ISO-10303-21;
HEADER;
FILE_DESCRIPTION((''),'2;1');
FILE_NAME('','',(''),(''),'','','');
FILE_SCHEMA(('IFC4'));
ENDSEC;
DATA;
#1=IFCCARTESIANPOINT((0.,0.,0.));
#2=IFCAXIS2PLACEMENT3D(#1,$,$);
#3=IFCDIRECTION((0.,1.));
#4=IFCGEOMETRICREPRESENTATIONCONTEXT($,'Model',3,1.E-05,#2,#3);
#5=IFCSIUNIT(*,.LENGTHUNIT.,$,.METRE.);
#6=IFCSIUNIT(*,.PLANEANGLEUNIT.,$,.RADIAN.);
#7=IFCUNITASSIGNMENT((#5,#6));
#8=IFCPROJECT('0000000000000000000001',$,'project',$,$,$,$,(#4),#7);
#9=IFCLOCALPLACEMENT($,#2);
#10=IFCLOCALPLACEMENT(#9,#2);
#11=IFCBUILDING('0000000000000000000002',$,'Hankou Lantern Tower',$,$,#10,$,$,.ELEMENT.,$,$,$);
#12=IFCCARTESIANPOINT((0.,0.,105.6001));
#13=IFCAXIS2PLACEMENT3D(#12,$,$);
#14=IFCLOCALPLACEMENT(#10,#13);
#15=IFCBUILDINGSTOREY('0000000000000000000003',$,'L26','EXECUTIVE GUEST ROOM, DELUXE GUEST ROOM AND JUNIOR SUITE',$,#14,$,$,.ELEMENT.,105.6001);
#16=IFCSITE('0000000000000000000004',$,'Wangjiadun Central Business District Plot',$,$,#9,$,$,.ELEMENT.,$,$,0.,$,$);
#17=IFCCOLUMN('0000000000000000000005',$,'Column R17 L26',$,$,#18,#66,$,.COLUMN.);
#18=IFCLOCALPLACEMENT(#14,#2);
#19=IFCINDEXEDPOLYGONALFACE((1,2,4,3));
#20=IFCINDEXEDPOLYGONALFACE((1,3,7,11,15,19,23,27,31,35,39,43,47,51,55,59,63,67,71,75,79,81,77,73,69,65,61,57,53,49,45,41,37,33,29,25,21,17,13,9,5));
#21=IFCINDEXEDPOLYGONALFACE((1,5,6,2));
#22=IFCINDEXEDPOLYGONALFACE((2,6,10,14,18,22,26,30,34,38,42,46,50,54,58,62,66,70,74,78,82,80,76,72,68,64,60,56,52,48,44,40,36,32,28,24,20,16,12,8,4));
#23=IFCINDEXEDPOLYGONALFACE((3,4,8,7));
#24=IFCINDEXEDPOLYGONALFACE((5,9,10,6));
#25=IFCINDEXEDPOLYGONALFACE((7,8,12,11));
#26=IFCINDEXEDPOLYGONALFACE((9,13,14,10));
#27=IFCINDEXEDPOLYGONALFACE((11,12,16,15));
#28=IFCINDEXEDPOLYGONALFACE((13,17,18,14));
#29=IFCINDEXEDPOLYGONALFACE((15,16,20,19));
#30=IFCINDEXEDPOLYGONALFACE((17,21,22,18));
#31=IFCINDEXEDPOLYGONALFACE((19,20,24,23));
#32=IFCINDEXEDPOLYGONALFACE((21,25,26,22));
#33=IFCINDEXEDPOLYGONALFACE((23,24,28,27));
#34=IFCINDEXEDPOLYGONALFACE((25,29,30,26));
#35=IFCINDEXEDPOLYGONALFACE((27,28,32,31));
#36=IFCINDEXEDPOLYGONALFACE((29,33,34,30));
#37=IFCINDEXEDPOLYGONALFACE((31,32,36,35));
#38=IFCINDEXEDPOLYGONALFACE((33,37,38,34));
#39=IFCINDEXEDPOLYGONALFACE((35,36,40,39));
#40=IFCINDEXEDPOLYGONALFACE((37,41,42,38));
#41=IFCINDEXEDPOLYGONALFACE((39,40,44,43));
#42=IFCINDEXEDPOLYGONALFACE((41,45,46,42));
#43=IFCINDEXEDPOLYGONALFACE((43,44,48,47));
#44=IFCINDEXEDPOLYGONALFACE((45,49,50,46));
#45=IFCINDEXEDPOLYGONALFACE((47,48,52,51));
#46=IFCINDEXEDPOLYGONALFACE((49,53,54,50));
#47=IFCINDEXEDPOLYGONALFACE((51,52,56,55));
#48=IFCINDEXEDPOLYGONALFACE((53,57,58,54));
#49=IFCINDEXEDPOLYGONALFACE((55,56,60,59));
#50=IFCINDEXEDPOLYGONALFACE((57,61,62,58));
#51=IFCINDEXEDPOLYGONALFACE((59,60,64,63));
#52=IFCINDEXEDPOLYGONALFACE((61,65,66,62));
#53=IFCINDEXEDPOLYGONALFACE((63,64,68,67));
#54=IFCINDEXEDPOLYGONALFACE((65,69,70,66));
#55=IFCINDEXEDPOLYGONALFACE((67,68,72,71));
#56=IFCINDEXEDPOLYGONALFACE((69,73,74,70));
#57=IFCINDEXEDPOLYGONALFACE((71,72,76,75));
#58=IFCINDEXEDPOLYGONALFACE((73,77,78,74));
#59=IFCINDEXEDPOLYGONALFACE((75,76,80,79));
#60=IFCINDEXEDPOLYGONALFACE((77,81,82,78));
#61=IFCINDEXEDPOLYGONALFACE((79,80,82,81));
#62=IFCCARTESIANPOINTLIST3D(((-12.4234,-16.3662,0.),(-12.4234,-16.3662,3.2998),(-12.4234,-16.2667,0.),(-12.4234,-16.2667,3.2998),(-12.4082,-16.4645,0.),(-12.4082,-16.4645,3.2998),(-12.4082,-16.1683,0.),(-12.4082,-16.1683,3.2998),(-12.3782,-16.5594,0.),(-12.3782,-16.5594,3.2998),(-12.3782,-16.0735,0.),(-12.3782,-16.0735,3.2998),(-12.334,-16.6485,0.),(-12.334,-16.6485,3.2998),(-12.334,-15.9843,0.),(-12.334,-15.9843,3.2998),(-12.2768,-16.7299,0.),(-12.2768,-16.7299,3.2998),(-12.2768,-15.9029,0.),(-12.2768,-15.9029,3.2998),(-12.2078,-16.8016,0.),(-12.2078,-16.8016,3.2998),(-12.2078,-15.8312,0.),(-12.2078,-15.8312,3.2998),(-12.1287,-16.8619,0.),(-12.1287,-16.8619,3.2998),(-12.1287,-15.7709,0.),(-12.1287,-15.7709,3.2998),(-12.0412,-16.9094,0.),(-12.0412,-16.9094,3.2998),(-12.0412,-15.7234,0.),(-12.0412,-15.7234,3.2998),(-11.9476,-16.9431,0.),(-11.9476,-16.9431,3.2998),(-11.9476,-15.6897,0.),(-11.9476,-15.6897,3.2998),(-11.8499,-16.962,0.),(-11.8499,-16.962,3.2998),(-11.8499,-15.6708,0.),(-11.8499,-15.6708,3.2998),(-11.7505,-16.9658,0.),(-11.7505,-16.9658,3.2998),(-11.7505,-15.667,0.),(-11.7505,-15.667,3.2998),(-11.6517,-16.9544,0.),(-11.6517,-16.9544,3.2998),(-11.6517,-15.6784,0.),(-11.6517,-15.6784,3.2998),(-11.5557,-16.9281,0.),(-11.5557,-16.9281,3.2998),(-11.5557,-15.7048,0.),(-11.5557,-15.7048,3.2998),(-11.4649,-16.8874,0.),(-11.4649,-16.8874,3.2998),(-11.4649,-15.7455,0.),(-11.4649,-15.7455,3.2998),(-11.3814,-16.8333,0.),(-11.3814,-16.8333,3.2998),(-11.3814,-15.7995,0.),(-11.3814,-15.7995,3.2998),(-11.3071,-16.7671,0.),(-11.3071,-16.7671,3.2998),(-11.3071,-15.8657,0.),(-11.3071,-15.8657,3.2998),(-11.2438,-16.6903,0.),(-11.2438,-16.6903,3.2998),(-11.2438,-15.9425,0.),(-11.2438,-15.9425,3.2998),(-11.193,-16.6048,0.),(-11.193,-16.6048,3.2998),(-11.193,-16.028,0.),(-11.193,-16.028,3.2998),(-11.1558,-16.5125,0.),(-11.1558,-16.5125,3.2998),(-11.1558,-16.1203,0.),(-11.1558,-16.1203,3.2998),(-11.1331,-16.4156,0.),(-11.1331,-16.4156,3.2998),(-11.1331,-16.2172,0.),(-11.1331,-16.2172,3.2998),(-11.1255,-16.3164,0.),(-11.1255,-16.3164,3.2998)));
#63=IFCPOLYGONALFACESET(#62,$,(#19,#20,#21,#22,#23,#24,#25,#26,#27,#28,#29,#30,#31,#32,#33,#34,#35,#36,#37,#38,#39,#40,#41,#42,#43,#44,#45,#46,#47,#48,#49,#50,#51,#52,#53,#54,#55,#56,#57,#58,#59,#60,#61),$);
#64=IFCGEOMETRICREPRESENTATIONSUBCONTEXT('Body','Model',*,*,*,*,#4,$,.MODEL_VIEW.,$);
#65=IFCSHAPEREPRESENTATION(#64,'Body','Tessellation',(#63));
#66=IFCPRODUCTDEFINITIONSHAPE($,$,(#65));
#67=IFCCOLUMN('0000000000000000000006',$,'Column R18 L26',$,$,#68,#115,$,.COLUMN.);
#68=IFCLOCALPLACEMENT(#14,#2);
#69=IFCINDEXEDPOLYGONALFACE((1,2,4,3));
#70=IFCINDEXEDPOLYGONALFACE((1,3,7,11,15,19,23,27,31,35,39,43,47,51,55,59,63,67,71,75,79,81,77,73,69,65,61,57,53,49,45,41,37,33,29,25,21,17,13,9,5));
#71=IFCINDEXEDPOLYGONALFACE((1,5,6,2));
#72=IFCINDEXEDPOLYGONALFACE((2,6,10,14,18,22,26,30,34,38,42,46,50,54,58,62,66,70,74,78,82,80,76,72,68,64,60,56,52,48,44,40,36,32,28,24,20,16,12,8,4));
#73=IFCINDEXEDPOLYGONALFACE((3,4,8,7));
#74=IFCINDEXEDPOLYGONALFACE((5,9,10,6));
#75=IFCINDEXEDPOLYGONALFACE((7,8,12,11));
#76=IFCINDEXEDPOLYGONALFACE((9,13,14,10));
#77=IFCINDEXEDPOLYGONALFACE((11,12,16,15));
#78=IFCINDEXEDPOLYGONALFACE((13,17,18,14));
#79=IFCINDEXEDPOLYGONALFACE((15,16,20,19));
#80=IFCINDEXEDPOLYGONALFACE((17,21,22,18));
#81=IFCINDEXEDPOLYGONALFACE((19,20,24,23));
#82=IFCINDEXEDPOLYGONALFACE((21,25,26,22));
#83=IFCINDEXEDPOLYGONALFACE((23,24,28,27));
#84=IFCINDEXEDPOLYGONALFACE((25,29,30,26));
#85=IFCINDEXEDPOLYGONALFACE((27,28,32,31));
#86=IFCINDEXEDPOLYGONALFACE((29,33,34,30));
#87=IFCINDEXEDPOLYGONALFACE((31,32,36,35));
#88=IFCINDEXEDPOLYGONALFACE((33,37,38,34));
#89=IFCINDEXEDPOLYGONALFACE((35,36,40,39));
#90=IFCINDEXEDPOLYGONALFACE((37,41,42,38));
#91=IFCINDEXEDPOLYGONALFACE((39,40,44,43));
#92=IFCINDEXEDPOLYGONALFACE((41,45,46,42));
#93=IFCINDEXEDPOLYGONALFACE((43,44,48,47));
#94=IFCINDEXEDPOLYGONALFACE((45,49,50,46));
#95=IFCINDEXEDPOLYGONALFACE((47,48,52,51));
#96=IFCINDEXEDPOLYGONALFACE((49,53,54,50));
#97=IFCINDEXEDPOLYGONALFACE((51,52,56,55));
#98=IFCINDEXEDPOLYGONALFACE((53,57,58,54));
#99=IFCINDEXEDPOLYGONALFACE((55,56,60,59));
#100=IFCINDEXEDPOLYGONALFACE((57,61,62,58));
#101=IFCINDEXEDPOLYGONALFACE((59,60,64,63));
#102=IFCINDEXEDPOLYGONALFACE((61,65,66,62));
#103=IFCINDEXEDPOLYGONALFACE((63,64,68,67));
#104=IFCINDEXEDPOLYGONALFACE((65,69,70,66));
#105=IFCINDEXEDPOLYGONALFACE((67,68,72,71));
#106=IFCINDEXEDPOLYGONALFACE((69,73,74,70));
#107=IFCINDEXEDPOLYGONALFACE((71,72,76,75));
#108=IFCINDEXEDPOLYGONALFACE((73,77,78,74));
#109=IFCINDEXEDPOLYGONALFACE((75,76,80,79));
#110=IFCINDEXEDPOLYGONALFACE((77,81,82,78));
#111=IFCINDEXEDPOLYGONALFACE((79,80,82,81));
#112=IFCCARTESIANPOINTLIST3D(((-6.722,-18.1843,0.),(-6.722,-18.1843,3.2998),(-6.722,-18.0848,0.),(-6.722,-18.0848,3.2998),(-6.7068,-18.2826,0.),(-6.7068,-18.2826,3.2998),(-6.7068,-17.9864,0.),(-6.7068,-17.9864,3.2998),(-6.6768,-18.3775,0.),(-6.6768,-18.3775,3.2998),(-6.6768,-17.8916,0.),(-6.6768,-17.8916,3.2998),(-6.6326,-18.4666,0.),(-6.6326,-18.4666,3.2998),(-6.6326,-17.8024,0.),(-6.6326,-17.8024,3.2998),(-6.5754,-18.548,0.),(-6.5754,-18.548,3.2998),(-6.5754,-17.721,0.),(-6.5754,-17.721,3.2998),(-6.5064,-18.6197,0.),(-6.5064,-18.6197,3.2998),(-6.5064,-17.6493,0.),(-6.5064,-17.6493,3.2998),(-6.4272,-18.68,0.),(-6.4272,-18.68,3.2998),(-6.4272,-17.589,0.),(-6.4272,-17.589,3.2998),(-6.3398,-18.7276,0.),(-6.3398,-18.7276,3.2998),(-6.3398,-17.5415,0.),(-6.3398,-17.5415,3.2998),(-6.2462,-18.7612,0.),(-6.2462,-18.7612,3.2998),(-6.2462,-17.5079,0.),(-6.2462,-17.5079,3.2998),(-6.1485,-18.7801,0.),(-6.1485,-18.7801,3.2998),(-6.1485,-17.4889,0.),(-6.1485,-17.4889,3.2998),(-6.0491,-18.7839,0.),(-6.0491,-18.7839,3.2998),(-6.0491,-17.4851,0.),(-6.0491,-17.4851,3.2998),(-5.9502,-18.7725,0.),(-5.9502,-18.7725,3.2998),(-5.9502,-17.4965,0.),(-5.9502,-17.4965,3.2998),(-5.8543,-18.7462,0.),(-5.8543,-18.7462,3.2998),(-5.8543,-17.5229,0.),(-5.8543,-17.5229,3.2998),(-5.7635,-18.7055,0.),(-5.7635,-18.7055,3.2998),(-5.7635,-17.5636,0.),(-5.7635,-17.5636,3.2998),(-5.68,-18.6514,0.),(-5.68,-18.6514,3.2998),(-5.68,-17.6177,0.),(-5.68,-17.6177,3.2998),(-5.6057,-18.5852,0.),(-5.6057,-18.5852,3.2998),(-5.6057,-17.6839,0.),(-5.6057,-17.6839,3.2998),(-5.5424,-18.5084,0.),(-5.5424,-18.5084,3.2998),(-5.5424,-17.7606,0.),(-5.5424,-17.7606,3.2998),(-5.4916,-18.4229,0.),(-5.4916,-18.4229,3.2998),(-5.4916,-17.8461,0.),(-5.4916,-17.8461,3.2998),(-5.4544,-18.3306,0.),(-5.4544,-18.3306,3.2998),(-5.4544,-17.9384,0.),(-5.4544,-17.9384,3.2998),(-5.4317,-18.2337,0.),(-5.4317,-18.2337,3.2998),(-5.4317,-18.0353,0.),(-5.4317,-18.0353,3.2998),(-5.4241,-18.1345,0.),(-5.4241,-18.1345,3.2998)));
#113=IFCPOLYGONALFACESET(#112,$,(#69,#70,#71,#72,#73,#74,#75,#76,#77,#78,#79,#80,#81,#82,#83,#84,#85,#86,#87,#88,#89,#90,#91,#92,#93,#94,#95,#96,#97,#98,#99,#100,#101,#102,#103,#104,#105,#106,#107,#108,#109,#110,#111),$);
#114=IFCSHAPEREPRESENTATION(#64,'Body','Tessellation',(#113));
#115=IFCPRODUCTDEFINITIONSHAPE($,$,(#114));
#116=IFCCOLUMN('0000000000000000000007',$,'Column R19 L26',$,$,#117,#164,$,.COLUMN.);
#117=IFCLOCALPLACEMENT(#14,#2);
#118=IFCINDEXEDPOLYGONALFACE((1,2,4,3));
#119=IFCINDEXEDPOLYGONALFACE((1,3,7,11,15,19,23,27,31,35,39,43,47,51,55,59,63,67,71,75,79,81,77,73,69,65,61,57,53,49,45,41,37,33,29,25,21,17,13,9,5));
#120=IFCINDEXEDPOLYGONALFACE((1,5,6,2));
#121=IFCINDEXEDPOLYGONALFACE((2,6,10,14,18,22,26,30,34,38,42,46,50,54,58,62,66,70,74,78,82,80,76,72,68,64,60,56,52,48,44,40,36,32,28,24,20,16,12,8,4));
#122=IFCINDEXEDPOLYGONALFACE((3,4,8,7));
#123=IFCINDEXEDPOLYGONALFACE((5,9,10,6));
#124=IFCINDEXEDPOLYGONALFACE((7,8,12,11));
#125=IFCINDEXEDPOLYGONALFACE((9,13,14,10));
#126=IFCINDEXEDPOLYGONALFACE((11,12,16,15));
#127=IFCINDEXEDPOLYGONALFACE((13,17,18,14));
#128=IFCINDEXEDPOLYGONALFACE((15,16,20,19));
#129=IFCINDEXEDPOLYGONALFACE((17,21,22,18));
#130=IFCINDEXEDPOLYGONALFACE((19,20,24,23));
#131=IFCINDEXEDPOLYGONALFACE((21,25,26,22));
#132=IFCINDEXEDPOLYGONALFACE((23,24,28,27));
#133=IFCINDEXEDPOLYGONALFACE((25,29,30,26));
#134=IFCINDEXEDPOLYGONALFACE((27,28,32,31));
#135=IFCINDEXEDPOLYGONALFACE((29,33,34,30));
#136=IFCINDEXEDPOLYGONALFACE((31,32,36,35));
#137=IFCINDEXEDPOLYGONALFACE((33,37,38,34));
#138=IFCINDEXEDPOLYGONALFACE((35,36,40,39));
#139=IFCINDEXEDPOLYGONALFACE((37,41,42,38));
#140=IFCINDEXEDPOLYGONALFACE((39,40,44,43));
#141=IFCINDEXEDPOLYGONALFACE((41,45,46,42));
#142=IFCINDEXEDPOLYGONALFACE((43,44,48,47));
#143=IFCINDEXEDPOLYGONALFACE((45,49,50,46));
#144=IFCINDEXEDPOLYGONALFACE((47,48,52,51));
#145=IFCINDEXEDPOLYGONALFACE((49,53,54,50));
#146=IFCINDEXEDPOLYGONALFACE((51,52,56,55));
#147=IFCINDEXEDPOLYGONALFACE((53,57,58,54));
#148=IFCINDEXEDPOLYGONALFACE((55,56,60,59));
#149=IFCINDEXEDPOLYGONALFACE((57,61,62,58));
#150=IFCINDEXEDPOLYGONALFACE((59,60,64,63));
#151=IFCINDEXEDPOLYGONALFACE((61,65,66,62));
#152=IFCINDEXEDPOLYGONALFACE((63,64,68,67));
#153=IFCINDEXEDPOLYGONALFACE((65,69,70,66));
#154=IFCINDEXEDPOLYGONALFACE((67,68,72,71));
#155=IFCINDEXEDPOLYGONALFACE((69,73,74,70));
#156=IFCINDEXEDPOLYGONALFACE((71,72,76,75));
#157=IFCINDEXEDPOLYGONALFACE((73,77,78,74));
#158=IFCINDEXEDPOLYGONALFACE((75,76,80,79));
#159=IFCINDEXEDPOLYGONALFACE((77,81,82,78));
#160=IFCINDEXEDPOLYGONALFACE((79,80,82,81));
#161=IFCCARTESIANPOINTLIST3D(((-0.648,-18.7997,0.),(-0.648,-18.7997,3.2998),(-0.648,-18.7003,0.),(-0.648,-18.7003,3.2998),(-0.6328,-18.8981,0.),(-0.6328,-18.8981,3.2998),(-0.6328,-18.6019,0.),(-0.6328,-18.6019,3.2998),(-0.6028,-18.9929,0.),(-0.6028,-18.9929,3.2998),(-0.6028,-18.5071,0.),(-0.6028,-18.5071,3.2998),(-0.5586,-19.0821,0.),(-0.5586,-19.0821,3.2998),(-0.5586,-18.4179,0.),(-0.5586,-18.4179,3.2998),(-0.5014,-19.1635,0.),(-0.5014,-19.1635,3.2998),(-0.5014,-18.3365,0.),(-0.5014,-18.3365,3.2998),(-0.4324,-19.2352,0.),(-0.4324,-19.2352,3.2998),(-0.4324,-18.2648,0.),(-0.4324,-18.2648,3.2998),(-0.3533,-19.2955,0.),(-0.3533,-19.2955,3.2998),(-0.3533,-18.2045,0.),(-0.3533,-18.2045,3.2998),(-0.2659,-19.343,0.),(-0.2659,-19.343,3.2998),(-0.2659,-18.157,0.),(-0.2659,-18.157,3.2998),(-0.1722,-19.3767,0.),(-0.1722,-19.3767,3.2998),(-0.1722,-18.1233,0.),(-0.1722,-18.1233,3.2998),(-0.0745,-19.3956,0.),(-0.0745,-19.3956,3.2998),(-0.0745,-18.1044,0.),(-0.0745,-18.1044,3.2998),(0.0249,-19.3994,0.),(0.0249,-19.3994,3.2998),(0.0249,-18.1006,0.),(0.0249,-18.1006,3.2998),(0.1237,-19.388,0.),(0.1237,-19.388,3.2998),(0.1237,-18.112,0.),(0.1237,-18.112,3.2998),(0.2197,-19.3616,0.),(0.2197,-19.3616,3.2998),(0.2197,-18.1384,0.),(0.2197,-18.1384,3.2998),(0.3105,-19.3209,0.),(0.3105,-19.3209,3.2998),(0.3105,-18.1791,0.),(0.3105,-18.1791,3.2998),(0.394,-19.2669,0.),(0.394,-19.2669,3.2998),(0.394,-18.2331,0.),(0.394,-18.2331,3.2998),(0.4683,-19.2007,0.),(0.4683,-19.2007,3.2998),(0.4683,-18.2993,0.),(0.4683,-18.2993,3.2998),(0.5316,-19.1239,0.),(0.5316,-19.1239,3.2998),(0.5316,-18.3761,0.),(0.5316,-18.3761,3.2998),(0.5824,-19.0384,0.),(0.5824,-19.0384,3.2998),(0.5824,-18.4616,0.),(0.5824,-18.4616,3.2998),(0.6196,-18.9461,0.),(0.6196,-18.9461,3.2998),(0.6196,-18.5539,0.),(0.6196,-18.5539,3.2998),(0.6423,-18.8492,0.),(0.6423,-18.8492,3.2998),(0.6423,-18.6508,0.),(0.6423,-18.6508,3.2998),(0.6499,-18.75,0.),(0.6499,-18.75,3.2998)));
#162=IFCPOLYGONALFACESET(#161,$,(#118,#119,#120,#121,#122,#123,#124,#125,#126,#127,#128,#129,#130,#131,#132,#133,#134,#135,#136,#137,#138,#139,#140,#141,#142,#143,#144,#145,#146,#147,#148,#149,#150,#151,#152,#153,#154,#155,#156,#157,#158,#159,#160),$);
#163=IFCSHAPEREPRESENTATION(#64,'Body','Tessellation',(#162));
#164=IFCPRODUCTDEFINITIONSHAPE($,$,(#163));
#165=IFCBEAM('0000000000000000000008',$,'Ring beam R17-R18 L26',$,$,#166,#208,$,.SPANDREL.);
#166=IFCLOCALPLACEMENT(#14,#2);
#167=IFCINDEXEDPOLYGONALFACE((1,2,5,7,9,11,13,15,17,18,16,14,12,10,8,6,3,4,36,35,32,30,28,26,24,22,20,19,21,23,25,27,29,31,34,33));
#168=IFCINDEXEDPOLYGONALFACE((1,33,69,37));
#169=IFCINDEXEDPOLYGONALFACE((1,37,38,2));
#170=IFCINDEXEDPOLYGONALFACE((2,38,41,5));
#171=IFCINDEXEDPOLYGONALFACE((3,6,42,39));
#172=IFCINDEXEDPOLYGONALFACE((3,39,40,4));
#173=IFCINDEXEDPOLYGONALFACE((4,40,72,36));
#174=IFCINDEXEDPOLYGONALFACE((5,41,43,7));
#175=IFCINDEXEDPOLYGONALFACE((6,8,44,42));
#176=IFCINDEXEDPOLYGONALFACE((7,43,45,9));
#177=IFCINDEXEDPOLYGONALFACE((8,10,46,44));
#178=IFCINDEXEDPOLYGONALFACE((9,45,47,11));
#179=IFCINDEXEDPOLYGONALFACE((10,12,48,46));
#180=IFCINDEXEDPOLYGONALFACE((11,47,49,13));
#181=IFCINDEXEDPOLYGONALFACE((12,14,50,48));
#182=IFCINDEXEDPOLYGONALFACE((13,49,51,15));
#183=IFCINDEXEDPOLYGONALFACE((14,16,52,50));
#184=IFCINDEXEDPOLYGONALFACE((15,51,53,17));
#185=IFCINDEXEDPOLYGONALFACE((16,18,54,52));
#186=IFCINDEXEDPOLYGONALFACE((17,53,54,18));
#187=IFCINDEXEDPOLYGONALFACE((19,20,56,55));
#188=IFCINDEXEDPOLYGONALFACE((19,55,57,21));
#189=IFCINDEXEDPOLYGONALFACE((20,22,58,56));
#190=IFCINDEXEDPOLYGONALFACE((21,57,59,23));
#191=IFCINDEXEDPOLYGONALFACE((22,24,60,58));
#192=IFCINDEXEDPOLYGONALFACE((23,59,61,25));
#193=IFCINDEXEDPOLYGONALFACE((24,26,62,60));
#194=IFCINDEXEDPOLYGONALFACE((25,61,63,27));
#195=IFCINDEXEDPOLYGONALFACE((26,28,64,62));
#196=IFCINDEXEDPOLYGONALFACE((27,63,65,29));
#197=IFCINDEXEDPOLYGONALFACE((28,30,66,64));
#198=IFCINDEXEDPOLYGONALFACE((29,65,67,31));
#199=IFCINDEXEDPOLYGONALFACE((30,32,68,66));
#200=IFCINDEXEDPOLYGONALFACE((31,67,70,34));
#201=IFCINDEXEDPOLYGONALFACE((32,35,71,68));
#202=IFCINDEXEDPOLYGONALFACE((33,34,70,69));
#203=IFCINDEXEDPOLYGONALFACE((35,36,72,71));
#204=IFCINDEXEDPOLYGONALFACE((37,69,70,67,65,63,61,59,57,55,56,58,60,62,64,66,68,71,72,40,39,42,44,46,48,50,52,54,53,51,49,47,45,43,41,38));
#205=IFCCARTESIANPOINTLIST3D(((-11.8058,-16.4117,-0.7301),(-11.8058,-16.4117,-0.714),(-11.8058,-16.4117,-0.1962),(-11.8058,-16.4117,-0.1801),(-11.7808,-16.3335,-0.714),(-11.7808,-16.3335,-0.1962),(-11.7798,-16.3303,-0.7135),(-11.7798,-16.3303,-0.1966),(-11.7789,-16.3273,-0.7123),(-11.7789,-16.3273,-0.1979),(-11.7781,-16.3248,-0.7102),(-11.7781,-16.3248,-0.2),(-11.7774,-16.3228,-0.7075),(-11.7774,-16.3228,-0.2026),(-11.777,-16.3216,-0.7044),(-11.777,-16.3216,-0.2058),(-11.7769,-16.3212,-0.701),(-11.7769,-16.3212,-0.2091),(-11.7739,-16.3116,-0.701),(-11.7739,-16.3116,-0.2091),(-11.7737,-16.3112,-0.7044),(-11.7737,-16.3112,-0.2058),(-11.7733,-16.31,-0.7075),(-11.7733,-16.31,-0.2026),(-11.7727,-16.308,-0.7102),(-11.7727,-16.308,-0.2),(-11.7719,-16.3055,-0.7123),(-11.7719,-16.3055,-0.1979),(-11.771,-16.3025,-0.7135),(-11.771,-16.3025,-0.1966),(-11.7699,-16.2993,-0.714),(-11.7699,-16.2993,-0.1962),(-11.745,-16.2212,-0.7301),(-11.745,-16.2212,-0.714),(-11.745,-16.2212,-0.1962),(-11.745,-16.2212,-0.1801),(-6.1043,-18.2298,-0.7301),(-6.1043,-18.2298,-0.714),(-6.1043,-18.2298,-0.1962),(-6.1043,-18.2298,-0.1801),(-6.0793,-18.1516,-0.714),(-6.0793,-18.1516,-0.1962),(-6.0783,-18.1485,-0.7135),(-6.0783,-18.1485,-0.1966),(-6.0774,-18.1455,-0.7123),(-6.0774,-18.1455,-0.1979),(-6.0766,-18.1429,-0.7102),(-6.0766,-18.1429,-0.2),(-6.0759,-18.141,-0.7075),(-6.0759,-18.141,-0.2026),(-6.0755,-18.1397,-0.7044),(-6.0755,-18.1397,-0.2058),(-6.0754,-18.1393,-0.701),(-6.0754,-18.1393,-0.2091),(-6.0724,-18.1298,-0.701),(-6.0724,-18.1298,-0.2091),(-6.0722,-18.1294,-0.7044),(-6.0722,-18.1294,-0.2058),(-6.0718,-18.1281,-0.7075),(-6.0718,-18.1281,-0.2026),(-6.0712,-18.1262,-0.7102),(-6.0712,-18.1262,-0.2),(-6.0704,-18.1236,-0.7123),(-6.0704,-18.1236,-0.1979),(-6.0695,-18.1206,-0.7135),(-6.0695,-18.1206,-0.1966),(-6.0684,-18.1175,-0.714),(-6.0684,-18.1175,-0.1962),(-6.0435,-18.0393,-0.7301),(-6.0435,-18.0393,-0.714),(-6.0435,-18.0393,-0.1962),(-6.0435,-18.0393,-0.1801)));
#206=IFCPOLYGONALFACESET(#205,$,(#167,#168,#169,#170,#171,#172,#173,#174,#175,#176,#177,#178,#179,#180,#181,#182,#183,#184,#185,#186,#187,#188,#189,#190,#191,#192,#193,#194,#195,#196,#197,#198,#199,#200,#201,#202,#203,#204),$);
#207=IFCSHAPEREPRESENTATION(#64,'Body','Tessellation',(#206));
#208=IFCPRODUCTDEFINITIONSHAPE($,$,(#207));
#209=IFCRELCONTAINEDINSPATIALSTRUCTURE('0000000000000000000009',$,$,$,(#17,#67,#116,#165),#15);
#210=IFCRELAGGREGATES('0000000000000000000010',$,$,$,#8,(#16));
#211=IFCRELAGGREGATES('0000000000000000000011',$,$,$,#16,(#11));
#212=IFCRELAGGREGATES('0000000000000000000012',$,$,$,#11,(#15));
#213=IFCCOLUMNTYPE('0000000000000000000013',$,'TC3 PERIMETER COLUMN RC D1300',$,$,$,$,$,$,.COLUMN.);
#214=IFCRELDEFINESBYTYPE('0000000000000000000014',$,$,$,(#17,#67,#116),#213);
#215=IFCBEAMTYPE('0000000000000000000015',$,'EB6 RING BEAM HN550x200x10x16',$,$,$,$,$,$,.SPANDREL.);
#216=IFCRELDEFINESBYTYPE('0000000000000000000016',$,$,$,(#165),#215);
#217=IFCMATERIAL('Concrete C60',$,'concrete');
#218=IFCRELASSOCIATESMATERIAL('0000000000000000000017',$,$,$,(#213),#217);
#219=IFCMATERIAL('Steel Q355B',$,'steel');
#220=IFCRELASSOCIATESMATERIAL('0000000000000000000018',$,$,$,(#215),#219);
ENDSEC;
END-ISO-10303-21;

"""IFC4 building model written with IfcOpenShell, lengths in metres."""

from ifc_helpers import new_model, si_unit, direction, frame, origin, origin_2d, place, context, subcontext, project, spatial, circle, i_section, extrude, material, material_profile, profile_set, type_object, element, save


model = new_model("IFC4")

# Units and contexts
model_context = context("Model", 3, precision=1e-05, world=origin(), true_north=direction((0.0, 1.0)))
body_context = subcontext(model_context, "Body", "Model", "MODEL_VIEW")
ifc_project = project(units=[si_unit("LENGTHUNIT", "METRE"), si_unit("PLANEANGLEUNIT", "RADIAN")], contexts=[model_context])

# Site, building, storey
site_placement = place(None, origin())
site = spatial("IfcSite", under=ifc_project, at=site_placement, Name="Wangjiadun Central Business District Plot", CompositionType="ELEMENT", RefElevation=0.0)
building_placement = place(site_placement, origin())
building = spatial("IfcBuilding", under=site, at=building_placement, Name="Hankou Lantern Tower", CompositionType="ELEMENT")
storey_placement = place(building_placement, frame((0.0, 0.0, 105.6001)))
storey = spatial("IfcBuildingStorey", under=building, at=storey_placement, Name="L26", Description="EXECUTIVE GUEST ROOM, DELUXE GUEST ROOM AND JUNIOR SUITE", CompositionType="ELEMENT", Elevation=105.6001)

# Columns
ifc_material_1 = material(Name="Concrete C60", Category="concrete")
ifc_material_profile_1 = material_profile(ifc_material_1, circle(Radius=0.6499, at=origin_2d()), Name="RC D1300")
ifc_profile_set_1 = profile_set([ifc_material_profile_1], Name="Concrete C60")
column_type = type_object("IfcColumnType", Name="TC3 PERIMETER COLUMN RC D1300", PredefinedType="COLUMN", material=ifc_profile_set_1)
for number, where, z_axis, x_axis, name in (
    (1, (-11.7754, -16.3164, 0.0), (0.0, 0.0, 1.0), (1.0, 0.0, 0.0), "Column R17 L26"),
    (2, (-6.074, -18.1345, 0.0), (0.0, 0.0, 1.0), (1.0, 0.0, 0.0), "Column R18 L26"),
    (3, (0.0, -18.75, 0.0), (0.0, 0.0, 1.0), (1.0, 0.0, 0.0), "Column R19 L26"),
):
    element("IfcColumn", number, at=place(storey_placement, frame(where, z_axis=z_axis, x_axis=x_axis)), inside=storey, type_object=column_type, Name=name, PredefinedType="COLUMN", context=body_context, shape_type="SweptSolid", body=[
        extrude(circle(Radius=0.6499, at=origin_2d()), origin(), (0.0, 0.0, 1.0), 3.2998),
    ])

# Beam
ifc_material_2 = material(Name="Steel Q355B", Category="steel")
ifc_material_profile_2 = material_profile(ifc_material_2, i_section(OverallWidth=0.2, OverallDepth=0.55, WebThickness=0.01, FlangeThickness=0.0161, FilletRadius=0.0129, at=origin_2d()), Name="HN550x200x10x16")
ifc_profile_set_2 = profile_set([ifc_material_profile_2], Name="Steel Q355B")
beam_type_1 = type_object("IfcBeamType", Name="EB6 RING BEAM HN550x200x10x16", PredefinedType="SPANDREL", material=ifc_profile_set_2)
beam_1_placement = place(storey_placement, frame((-11.7754, -16.3164, -0.4551), z_axis=(0.952731, -0.303815, 0.0), x_axis=(0.303815, 0.952731, 0.0)))
element("IfcBeam", 4, at=beam_1_placement, inside=storey, type_object=beam_type_1, Name="Ring beam R17-R18 L26", PredefinedType="SPANDREL", context=body_context, shape_type="SweptSolid", body=[
    extrude(i_section(OverallWidth=0.2, OverallDepth=0.55, WebThickness=0.01, FlangeThickness=0.0161, FilletRadius=0.0129, at=origin_2d()), origin(), (0.0, 0.0, 1.0), 5.9844),
])

save(model, "model.ifc")
